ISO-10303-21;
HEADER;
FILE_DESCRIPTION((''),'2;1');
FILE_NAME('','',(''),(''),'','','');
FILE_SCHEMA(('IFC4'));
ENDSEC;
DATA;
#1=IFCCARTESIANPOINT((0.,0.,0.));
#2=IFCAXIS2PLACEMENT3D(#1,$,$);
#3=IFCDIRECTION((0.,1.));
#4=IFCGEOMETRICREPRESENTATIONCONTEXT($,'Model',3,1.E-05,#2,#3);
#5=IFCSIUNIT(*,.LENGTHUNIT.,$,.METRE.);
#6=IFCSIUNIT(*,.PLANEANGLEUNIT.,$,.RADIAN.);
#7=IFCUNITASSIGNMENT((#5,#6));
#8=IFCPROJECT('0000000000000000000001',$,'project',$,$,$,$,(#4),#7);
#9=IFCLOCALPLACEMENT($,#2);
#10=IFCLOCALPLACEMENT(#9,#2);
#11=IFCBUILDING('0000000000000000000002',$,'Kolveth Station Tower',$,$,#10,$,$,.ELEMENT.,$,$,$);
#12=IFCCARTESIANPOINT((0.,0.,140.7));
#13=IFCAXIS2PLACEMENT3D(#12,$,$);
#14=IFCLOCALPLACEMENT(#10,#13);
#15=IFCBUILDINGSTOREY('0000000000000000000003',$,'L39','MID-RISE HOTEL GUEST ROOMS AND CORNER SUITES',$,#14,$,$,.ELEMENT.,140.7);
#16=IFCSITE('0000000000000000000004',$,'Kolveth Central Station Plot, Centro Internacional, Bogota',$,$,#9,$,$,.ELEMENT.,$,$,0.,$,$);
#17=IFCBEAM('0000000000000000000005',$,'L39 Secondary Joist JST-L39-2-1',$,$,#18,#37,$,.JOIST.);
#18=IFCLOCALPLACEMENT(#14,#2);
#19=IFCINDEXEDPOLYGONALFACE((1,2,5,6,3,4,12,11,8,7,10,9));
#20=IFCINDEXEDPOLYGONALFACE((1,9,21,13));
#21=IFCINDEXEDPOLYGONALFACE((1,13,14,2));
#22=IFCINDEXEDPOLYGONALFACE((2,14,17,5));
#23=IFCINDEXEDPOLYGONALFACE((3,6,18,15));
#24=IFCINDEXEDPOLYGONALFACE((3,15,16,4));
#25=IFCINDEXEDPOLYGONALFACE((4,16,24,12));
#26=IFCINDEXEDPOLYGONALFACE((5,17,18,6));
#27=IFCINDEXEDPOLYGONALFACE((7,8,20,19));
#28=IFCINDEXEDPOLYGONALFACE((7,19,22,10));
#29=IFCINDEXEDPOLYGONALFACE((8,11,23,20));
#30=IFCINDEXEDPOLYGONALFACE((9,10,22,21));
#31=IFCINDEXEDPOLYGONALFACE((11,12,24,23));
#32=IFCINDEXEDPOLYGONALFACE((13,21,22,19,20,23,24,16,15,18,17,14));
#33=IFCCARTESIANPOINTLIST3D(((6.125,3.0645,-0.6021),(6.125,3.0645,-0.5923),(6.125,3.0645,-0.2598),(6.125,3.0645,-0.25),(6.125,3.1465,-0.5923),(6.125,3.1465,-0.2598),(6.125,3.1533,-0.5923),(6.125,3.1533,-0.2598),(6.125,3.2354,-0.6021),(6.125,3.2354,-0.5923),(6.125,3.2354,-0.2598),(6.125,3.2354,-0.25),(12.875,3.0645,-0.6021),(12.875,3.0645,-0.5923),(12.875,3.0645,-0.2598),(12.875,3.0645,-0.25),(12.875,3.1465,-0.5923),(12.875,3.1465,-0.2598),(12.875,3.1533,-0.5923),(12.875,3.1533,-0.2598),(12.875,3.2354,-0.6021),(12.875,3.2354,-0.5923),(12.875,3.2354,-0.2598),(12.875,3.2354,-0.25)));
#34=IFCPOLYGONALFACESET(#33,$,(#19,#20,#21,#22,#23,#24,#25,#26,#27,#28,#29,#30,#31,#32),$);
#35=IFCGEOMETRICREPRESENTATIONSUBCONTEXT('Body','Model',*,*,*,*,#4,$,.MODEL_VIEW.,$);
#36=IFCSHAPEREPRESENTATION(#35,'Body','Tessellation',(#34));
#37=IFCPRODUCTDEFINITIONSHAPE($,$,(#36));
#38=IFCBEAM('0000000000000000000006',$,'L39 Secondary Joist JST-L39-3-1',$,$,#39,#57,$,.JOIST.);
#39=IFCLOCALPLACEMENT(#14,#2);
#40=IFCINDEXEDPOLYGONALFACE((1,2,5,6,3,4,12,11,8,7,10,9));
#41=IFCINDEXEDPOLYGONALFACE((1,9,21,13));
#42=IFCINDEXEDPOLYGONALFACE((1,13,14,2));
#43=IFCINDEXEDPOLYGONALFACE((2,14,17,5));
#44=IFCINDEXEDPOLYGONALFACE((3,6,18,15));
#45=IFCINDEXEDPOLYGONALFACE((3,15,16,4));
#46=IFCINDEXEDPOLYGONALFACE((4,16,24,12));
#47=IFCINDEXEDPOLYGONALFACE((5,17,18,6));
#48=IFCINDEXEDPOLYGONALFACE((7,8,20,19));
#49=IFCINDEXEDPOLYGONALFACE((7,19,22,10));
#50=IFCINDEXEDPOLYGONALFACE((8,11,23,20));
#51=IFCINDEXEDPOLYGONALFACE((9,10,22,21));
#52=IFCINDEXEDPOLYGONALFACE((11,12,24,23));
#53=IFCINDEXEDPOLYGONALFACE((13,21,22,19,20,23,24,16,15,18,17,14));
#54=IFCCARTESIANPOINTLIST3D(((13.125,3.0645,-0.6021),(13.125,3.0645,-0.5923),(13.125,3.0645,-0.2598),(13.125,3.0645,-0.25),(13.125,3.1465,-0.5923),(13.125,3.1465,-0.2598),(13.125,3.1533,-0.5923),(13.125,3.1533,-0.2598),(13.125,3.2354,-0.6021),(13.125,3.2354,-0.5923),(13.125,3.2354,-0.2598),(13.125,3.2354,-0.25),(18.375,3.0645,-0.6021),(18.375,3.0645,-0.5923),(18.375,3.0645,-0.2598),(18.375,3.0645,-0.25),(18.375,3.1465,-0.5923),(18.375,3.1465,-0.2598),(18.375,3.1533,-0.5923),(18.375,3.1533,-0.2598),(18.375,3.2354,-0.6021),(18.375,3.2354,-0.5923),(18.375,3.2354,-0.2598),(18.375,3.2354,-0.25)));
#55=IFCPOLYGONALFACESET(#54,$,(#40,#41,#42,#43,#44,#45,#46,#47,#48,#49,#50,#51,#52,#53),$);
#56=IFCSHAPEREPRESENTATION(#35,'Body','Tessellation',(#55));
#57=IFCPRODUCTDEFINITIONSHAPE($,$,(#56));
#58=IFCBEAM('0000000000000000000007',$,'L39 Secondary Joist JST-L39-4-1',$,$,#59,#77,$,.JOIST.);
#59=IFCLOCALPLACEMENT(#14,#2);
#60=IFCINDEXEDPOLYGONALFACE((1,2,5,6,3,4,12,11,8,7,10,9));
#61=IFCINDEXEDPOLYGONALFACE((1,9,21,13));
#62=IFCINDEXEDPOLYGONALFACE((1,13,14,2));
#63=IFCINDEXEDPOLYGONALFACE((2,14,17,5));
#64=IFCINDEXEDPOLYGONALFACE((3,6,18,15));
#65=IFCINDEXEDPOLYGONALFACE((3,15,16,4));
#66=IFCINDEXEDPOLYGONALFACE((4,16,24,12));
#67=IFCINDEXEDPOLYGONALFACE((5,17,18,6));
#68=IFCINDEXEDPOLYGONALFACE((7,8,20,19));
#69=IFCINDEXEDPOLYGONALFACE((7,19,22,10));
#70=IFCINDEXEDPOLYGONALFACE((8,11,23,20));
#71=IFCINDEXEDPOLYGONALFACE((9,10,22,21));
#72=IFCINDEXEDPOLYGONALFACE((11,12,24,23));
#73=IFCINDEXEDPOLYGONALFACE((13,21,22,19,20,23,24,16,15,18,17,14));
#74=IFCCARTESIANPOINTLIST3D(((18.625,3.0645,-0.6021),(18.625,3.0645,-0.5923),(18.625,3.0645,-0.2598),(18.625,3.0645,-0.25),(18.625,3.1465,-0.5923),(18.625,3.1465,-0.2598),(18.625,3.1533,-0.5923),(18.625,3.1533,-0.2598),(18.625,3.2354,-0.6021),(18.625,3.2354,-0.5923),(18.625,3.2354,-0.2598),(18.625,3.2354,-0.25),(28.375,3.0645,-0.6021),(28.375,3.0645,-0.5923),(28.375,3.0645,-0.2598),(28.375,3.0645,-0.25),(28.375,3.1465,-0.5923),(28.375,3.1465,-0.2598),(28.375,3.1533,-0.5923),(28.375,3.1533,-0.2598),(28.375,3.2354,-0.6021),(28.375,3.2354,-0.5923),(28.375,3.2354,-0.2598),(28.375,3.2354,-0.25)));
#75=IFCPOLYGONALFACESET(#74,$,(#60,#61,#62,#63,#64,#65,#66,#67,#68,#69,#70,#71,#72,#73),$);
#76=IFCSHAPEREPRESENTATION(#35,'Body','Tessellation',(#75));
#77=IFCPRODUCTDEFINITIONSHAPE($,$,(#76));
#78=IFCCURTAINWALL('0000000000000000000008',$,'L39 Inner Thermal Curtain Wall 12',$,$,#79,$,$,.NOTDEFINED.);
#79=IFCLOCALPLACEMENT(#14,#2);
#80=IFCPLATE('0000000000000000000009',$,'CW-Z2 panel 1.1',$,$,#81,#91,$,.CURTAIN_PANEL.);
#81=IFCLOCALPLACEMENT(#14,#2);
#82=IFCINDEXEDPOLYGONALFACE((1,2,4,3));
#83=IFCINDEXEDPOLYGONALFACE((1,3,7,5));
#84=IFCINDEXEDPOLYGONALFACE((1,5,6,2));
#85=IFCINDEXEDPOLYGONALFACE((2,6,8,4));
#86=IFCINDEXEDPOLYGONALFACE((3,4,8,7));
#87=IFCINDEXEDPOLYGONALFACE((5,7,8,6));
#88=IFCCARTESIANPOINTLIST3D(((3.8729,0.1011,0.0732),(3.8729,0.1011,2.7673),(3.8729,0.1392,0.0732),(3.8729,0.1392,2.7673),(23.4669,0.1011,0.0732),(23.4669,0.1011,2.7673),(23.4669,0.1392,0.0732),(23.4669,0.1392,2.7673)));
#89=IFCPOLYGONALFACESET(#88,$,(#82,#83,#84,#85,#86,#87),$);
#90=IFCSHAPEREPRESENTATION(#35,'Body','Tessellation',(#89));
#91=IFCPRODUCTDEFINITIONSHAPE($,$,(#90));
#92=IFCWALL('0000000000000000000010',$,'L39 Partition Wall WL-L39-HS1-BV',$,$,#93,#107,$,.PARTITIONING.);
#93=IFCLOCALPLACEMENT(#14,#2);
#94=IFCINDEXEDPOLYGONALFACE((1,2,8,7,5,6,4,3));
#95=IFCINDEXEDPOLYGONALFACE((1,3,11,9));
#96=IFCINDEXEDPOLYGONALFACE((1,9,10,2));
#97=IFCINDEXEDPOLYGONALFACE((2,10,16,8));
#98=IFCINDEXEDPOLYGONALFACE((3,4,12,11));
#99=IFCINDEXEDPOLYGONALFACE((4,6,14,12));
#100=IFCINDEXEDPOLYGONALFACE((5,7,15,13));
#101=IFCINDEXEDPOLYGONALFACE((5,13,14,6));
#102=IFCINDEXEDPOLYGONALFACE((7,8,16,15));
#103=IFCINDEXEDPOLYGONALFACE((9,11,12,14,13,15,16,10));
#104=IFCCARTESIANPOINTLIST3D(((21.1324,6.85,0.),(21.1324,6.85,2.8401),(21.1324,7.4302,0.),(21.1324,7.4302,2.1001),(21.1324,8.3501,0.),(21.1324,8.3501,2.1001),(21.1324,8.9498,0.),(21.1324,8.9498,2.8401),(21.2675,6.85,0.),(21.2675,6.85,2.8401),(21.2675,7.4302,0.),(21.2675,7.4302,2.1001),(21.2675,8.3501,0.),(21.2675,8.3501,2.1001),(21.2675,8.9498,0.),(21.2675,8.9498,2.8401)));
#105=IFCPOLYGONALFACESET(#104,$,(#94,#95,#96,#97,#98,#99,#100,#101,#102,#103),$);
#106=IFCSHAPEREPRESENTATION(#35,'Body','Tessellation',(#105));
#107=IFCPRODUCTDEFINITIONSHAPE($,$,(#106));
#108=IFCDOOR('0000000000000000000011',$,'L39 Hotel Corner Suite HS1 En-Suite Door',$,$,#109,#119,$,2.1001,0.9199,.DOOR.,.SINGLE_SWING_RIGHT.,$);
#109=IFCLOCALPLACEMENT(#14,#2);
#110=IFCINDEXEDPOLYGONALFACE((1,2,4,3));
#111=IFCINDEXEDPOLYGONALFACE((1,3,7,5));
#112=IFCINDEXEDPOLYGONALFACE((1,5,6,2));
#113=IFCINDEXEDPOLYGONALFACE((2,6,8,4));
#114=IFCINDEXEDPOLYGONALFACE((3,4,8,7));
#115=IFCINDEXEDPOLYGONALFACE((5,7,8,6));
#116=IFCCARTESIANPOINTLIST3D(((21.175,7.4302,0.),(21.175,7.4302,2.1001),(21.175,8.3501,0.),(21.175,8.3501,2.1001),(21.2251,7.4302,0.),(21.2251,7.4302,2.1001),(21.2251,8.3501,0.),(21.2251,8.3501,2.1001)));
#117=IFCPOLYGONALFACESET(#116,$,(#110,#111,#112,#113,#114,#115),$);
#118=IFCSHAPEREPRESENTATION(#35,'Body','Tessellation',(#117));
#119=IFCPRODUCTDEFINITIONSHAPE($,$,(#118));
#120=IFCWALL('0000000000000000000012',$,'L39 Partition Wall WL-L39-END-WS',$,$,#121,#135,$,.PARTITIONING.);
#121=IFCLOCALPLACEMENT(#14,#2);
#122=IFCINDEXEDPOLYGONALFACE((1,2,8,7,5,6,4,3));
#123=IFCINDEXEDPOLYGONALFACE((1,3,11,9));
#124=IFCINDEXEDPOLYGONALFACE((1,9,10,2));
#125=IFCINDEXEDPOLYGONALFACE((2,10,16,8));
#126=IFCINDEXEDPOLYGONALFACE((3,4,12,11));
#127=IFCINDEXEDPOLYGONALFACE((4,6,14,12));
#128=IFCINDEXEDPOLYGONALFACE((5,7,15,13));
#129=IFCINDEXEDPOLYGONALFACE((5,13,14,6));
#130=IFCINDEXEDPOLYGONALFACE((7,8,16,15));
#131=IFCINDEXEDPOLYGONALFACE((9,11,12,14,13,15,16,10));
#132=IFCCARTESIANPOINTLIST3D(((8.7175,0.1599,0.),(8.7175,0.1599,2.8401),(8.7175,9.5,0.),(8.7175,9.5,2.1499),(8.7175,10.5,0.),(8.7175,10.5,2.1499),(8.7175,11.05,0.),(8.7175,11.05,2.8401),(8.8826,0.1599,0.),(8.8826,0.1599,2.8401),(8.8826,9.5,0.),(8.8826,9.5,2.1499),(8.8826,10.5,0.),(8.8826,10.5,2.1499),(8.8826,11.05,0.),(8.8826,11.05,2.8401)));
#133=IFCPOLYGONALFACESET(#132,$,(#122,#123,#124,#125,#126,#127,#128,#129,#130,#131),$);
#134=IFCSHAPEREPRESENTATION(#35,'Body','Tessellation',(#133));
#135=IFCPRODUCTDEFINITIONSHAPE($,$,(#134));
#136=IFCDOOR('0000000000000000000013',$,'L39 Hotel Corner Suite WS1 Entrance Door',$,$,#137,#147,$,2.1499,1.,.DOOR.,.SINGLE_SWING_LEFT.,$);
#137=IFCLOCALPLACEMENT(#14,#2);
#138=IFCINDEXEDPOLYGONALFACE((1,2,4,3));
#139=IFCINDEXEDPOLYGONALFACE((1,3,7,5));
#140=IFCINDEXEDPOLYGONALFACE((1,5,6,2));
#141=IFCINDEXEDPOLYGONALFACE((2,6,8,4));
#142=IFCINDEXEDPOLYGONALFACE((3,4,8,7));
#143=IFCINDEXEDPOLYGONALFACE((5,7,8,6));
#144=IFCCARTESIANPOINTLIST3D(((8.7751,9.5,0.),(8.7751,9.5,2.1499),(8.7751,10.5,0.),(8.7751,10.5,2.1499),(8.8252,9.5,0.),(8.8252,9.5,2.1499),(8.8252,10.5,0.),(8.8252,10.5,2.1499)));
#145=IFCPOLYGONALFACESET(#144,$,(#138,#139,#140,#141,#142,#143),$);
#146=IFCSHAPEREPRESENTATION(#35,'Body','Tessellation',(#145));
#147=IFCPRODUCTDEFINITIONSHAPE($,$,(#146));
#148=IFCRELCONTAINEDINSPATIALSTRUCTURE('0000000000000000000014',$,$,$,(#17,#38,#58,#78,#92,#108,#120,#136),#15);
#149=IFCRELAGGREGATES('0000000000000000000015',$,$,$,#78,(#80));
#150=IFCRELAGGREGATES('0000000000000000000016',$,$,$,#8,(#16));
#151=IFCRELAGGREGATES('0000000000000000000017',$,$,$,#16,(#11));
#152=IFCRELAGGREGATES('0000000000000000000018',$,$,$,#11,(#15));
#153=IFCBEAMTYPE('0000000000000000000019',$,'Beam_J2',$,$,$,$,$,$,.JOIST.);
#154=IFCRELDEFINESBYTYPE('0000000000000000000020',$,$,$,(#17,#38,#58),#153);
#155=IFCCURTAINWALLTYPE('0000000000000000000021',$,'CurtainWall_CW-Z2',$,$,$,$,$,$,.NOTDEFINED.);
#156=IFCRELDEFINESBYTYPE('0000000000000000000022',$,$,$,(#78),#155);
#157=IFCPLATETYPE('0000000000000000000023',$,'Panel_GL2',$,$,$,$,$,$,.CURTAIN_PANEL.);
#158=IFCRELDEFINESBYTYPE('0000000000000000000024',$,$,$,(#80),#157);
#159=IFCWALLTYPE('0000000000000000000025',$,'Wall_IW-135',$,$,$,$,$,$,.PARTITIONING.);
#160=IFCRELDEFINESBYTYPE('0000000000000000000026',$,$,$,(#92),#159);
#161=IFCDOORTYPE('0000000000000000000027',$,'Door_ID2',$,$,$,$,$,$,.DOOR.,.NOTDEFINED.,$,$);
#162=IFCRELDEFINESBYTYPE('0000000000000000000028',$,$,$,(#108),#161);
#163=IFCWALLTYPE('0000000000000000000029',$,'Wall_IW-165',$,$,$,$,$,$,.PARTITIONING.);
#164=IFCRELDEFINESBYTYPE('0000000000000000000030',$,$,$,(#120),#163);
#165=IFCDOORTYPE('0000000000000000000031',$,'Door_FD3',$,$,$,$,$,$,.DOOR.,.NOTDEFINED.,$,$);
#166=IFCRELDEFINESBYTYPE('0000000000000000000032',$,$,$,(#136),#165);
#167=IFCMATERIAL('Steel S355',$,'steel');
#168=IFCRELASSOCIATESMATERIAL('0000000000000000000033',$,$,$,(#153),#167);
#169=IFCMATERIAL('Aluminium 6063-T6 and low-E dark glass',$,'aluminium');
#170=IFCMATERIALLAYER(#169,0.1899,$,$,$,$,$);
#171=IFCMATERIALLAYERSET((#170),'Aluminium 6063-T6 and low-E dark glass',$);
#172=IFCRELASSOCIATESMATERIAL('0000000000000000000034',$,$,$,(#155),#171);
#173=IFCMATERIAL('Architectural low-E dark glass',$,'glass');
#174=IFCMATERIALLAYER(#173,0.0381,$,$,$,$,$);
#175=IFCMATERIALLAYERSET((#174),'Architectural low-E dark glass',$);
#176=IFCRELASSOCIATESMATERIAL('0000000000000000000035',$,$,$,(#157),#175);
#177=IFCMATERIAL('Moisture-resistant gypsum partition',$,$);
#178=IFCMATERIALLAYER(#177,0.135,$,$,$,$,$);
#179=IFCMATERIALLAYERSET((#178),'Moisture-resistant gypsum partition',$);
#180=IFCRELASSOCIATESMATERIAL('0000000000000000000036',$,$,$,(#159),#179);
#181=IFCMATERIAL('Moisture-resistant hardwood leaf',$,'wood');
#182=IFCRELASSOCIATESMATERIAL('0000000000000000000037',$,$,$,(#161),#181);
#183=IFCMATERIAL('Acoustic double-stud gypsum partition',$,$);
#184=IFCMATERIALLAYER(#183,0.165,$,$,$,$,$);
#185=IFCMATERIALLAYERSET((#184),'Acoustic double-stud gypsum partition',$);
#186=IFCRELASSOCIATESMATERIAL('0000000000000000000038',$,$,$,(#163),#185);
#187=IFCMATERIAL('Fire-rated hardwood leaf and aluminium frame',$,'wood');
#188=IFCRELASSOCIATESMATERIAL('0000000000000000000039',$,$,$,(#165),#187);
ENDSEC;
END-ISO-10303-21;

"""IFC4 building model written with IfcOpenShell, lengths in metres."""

from ifc_helpers import new_model, si_unit, direction, frame, frame_2d, origin, origin_2d, place, context, subcontext, project, spatial, rectangle, i_section, extrude, source, transform, mapped, material, layer, layer_set, material_profile, profile_set, type_object, element, fill, aggregate, save


model = new_model("IFC4")

# Units and contexts
model_context = context("Model", 3, precision=1e-05, world=origin(), true_north=direction((0.0, 1.0)))
body_context = subcontext(model_context, "Body", "Model", "MODEL_VIEW")
ifc_project = project(units=[si_unit("LENGTHUNIT", "METRE"), si_unit("PLANEANGLEUNIT", "RADIAN")], contexts=[model_context])

# Site, building, storey
site_placement = place(None, origin())
site = spatial("IfcSite", under=ifc_project, at=site_placement, Name="Kolveth Central Station Plot, Centro Internacional, Bogota", CompositionType="ELEMENT", RefElevation=0.0)
building_placement = place(site_placement, origin())
building = spatial("IfcBuilding", under=site, at=building_placement, Name="Kolveth Station Tower", CompositionType="ELEMENT")
storey_placement = place(building_placement, frame((0.0, 0.0, 140.7)))
storey = spatial("IfcBuildingStorey", under=building, at=storey_placement, Name="L39", Description="MID-RISE HOTEL GUEST ROOMS AND CORNER SUITES", CompositionType="ELEMENT", Elevation=140.7)

# Beams
ifc_material_1 = material(Name="Steel S355", Category="steel")
ifc_material_profile_1 = material_profile(ifc_material_1, i_section(OverallWidth=0.1709, OverallDepth=0.3521, WebThickness=0.0068, FlangeThickness=0.0098, at=origin_2d()), Name="W360x44")
ifc_profile_set_1 = profile_set([ifc_material_profile_1], Name="Steel S355")
beam_type_1 = type_object("IfcBeamType", Name="Beam_J2", PredefinedType="JOIST", material=ifc_profile_set_1)
shared_shape_1 = source(origin(), body_context, "Body", "SweptSolid", [
    extrude(i_section(OverallWidth=0.1709, OverallDepth=0.3521, WebThickness=0.0068, FlangeThickness=0.0098, at=origin_2d()), origin(), (0.0, 0.0, 1.0), 6.75),
])
beam_1_placement = place(storey_placement, frame((6.125, 3.1499, -0.426), z_axis=(1.0, 0.0, 0.0), x_axis=(0.0, 1.0, 0.0)))
element("IfcBeam", 1, at=beam_1_placement, inside=storey, type_object=beam_type_1, Name="L39 Secondary Joist JST-L39-2-1", PredefinedType="JOIST", context=body_context, shape_type="MappedRepresentation", body=[
    mapped(shared_shape_1, transform((0.0, 0.0, 0.0), x_axis=(1.0, 0.0, 0.0), y_axis=(0.0, 1.0, 0.0), z_axis=(0.0, 0.0, 1.0), scale=1.0)),
])
shared_shape_2 = source(origin(), body_context, "Body", "SweptSolid", [
    extrude(i_section(OverallWidth=0.1709, OverallDepth=0.3521, WebThickness=0.0068, FlangeThickness=0.0098, at=origin_2d()), origin(), (0.0, 0.0, 1.0), 5.25),
])
beam_2_placement = place(storey_placement, frame((13.125, 3.1499, -0.426), z_axis=(1.0, 0.0, 0.0), x_axis=(0.0, 1.0, 0.0)))
element("IfcBeam", 2, at=beam_2_placement, inside=storey, type_object=beam_type_1, Name="L39 Secondary Joist JST-L39-3-1", PredefinedType="JOIST", context=body_context, shape_type="MappedRepresentation", body=[
    mapped(shared_shape_2, transform((0.0, 0.0, 0.0), x_axis=(1.0, 0.0, 0.0), y_axis=(0.0, 1.0, 0.0), z_axis=(0.0, 0.0, 1.0), scale=1.0)),
])
shared_shape_3 = source(origin(), body_context, "Body", "SweptSolid", [
    extrude(i_section(OverallWidth=0.1709, OverallDepth=0.3521, WebThickness=0.0068, FlangeThickness=0.0098, at=origin_2d()), origin(), (0.0, 0.0, 1.0), 9.75),
])
beam_3_placement = place(storey_placement, frame((18.625, 3.1499, -0.426), z_axis=(1.0, 0.0, 0.0), x_axis=(0.0, 1.0, 0.0)))
element("IfcBeam", 3, at=beam_3_placement, inside=storey, type_object=beam_type_1, Name="L39 Secondary Joist JST-L39-4-1", PredefinedType="JOIST", context=body_context, shape_type="MappedRepresentation", body=[
    mapped(shared_shape_3, transform((0.0, 0.0, 0.0), x_axis=(1.0, 0.0, 0.0), y_axis=(0.0, 1.0, 0.0), z_axis=(0.0, 0.0, 1.0), scale=1.0)),
])

# Curtain wall, plate
ifc_material_2 = material(Name="Aluminium 6063-T6 and low-E dark glass", Category="aluminium")
ifc_layer_1 = layer(ifc_material_2, 0.1899)
ifc_layer_set_1 = layer_set([ifc_layer_1], Name="Aluminium 6063-T6 and low-E dark glass")
curtain_wall_type = type_object("IfcCurtainWallType", Name="CurtainWall_CW-Z2", PredefinedType="NOTDEFINED", material=ifc_layer_set_1)
curtain_wall_placement = place(storey_placement, origin())
curtain_wall = element("IfcCurtainWall", 4, at=curtain_wall_placement, inside=storey, type_object=curtain_wall_type, Name="L39 Inner Thermal Curtain Wall 12", PredefinedType="NOTDEFINED")
ifc_material_3 = material(Name="Architectural low-E dark glass", Category="glass")
ifc_layer_2 = layer(ifc_material_3, 0.0381)
ifc_layer_set_2 = layer_set([ifc_layer_2], Name="Architectural low-E dark glass")
plate_type = type_object("IfcPlateType", Name="Panel_GL2", PredefinedType="CURTAIN_PANEL", material=ifc_layer_set_2)
shared_shape_4 = source(origin(), body_context, "Body", "SweptSolid", [
    extrude(rectangle(XDim=19.594, YDim=0.0381, at=origin_2d()), origin(), (0.0, 0.0, 1.0), 2.6941),
])
plate_placement = place(storey_placement, frame((13.6699, 0.1201, 0.0732), z_axis=(0.0, 0.0, 1.0), x_axis=(1.0, 0.0, 0.0)))
plate = element("IfcPlate", 5, at=plate_placement, type_object=plate_type, Name="CW-Z2 panel 1.1", PredefinedType="CURTAIN_PANEL", context=body_context, shape_type="MappedRepresentation", body=[
    mapped(shared_shape_4, transform((0.0, 0.0, 0.0), x_axis=(1.0, 0.0, 0.0), y_axis=(0.0, 1.0, 0.0), z_axis=(0.0, 0.0, 1.0), scale=1.0)),
])
aggregate(curtain_wall, [plate])

# Walls, openings, doors
ifc_material_4 = material(Name="Moisture-resistant gypsum partition")
ifc_layer_3 = layer(ifc_material_4, 0.135)
ifc_layer_set_3 = layer_set([ifc_layer_3], Name="Moisture-resistant gypsum partition")
wall_type_1 = type_object("IfcWallType", Name="Wall_IW-135", PredefinedType="PARTITIONING", material=ifc_layer_set_3)
wall_1_placement = place(storey_placement, frame((21.2, 6.8501, 0.0), z_axis=(0.0, 0.0, 1.0), x_axis=(0.0, 1.0, 0.0)))
wall_1 = element("IfcWall", 6, at=wall_1_placement, inside=storey, type_object=wall_type_1, Name="L39 Partition Wall WL-L39-HS1-BV", PredefinedType="PARTITIONING", context=body_context, shape_type="SweptSolid", body=[
    extrude(rectangle(XDim=2.0999, YDim=0.135, at=frame_2d((1.0498, 0.0))), origin(), (0.0, 0.0, 1.0), 2.8401),
])
opening_1_placement = place(wall_1_placement, frame((0.5801, 0.0, 0.0)))
opening_1 = element("IfcOpeningElement", 7, at=opening_1_placement, cuts=wall_1, PredefinedType="OPENING", context=body_context, shape_type="SweptSolid", body=[
    extrude(rectangle(XDim=0.9199, YDim=2.1001, at=frame_2d((0.46, 1.05))), frame((0.0, 0.0774, 0.0), z_axis=(0.0, -1.0, 0.0), x_axis=(1.0, 0.0, 0.0)), (0.0, 0.0, 1.0), 0.155),
])
ifc_material_5 = material(Name="Moisture-resistant hardwood leaf", Category="wood")
door_type_1 = type_object("IfcDoorType", Name="Door_ID2", OperationType="NOTDEFINED", PredefinedType="DOOR", material=ifc_material_5)
door_1_placement = place(opening_1_placement, origin())
door_1 = element("IfcDoor", 8, at=door_1_placement, inside=storey, type_object=door_type_1, Name="L39 Hotel Corner Suite HS1 En-Suite Door", OperationType="SINGLE_SWING_RIGHT", OverallHeight=2.1001, OverallWidth=0.9199, PredefinedType="DOOR", context=body_context, shape_type="SweptSolid", body=[
    extrude(rectangle(XDim=0.9199, YDim=2.1001, at=frame_2d((0.46, 1.05))), frame((0.0, 0.0249, 0.0), z_axis=(0.0, -1.0, 0.0), x_axis=(1.0, 0.0, 0.0)), (0.0, 0.0, 1.0), 0.05),
])
fill(opening_1, door_1)
ifc_material_6 = material(Name="Acoustic double-stud gypsum partition")
ifc_layer_4 = layer(ifc_material_6, 0.165)
ifc_layer_set_4 = layer_set([ifc_layer_4], Name="Acoustic double-stud gypsum partition")
wall_type_2 = type_object("IfcWallType", Name="Wall_IW-165", PredefinedType="PARTITIONING", material=ifc_layer_set_4)
wall_2_placement = place(storey_placement, frame((8.8, 0.1599, 0.0), z_axis=(0.0, 0.0, 1.0), x_axis=(0.0, 1.0, 0.0)))
wall_2 = element("IfcWall", 9, at=wall_2_placement, inside=storey, type_object=wall_type_2, Name="L39 Partition Wall WL-L39-END-WS", PredefinedType="PARTITIONING", context=body_context, shape_type="SweptSolid", body=[
    extrude(rectangle(XDim=10.8901, YDim=0.165, at=frame_2d((5.4451, 0.0))), origin(), (0.0, 0.0, 1.0), 2.8401),
])
opening_2_placement = place(wall_2_placement, frame((9.3401, 0.0, 0.0)))
opening_2 = element("IfcOpeningElement", 10, at=opening_2_placement, cuts=wall_2, PredefinedType="OPENING", context=body_context, shape_type="SweptSolid", body=[
    extrude(rectangle(XDim=1.0, YDim=2.1499, at=frame_2d((0.5, 1.075))), frame((0.0, 0.0925, 0.0), z_axis=(0.0, -1.0, 0.0), x_axis=(1.0, 0.0, 0.0)), (0.0, 0.0, 1.0), 0.1851),
])
ifc_material_7 = material(Name="Fire-rated hardwood leaf and aluminium frame", Category="wood")
door_type_2 = type_object("IfcDoorType", Name="Door_FD3", OperationType="NOTDEFINED", PredefinedType="DOOR", material=ifc_material_7)
door_2_placement = place(opening_2_placement, origin())
door_2 = element("IfcDoor", 11, at=door_2_placement, inside=storey, type_object=door_type_2, Name="L39 Hotel Corner Suite WS1 Entrance Door", OperationType="SINGLE_SWING_LEFT", OverallHeight=2.1499, OverallWidth=1.0, PredefinedType="DOOR", context=body_context, shape_type="SweptSolid", body=[
    extrude(rectangle(XDim=1.0, YDim=2.1499, at=frame_2d((0.5, 1.075))), frame((0.0, 0.0249, 0.0), z_axis=(0.0, -1.0, 0.0), x_axis=(1.0, 0.0, 0.0)), (0.0, 0.0, 1.0), 0.05),
])
fill(opening_2, door_2)

save(model, "model.ifc")
